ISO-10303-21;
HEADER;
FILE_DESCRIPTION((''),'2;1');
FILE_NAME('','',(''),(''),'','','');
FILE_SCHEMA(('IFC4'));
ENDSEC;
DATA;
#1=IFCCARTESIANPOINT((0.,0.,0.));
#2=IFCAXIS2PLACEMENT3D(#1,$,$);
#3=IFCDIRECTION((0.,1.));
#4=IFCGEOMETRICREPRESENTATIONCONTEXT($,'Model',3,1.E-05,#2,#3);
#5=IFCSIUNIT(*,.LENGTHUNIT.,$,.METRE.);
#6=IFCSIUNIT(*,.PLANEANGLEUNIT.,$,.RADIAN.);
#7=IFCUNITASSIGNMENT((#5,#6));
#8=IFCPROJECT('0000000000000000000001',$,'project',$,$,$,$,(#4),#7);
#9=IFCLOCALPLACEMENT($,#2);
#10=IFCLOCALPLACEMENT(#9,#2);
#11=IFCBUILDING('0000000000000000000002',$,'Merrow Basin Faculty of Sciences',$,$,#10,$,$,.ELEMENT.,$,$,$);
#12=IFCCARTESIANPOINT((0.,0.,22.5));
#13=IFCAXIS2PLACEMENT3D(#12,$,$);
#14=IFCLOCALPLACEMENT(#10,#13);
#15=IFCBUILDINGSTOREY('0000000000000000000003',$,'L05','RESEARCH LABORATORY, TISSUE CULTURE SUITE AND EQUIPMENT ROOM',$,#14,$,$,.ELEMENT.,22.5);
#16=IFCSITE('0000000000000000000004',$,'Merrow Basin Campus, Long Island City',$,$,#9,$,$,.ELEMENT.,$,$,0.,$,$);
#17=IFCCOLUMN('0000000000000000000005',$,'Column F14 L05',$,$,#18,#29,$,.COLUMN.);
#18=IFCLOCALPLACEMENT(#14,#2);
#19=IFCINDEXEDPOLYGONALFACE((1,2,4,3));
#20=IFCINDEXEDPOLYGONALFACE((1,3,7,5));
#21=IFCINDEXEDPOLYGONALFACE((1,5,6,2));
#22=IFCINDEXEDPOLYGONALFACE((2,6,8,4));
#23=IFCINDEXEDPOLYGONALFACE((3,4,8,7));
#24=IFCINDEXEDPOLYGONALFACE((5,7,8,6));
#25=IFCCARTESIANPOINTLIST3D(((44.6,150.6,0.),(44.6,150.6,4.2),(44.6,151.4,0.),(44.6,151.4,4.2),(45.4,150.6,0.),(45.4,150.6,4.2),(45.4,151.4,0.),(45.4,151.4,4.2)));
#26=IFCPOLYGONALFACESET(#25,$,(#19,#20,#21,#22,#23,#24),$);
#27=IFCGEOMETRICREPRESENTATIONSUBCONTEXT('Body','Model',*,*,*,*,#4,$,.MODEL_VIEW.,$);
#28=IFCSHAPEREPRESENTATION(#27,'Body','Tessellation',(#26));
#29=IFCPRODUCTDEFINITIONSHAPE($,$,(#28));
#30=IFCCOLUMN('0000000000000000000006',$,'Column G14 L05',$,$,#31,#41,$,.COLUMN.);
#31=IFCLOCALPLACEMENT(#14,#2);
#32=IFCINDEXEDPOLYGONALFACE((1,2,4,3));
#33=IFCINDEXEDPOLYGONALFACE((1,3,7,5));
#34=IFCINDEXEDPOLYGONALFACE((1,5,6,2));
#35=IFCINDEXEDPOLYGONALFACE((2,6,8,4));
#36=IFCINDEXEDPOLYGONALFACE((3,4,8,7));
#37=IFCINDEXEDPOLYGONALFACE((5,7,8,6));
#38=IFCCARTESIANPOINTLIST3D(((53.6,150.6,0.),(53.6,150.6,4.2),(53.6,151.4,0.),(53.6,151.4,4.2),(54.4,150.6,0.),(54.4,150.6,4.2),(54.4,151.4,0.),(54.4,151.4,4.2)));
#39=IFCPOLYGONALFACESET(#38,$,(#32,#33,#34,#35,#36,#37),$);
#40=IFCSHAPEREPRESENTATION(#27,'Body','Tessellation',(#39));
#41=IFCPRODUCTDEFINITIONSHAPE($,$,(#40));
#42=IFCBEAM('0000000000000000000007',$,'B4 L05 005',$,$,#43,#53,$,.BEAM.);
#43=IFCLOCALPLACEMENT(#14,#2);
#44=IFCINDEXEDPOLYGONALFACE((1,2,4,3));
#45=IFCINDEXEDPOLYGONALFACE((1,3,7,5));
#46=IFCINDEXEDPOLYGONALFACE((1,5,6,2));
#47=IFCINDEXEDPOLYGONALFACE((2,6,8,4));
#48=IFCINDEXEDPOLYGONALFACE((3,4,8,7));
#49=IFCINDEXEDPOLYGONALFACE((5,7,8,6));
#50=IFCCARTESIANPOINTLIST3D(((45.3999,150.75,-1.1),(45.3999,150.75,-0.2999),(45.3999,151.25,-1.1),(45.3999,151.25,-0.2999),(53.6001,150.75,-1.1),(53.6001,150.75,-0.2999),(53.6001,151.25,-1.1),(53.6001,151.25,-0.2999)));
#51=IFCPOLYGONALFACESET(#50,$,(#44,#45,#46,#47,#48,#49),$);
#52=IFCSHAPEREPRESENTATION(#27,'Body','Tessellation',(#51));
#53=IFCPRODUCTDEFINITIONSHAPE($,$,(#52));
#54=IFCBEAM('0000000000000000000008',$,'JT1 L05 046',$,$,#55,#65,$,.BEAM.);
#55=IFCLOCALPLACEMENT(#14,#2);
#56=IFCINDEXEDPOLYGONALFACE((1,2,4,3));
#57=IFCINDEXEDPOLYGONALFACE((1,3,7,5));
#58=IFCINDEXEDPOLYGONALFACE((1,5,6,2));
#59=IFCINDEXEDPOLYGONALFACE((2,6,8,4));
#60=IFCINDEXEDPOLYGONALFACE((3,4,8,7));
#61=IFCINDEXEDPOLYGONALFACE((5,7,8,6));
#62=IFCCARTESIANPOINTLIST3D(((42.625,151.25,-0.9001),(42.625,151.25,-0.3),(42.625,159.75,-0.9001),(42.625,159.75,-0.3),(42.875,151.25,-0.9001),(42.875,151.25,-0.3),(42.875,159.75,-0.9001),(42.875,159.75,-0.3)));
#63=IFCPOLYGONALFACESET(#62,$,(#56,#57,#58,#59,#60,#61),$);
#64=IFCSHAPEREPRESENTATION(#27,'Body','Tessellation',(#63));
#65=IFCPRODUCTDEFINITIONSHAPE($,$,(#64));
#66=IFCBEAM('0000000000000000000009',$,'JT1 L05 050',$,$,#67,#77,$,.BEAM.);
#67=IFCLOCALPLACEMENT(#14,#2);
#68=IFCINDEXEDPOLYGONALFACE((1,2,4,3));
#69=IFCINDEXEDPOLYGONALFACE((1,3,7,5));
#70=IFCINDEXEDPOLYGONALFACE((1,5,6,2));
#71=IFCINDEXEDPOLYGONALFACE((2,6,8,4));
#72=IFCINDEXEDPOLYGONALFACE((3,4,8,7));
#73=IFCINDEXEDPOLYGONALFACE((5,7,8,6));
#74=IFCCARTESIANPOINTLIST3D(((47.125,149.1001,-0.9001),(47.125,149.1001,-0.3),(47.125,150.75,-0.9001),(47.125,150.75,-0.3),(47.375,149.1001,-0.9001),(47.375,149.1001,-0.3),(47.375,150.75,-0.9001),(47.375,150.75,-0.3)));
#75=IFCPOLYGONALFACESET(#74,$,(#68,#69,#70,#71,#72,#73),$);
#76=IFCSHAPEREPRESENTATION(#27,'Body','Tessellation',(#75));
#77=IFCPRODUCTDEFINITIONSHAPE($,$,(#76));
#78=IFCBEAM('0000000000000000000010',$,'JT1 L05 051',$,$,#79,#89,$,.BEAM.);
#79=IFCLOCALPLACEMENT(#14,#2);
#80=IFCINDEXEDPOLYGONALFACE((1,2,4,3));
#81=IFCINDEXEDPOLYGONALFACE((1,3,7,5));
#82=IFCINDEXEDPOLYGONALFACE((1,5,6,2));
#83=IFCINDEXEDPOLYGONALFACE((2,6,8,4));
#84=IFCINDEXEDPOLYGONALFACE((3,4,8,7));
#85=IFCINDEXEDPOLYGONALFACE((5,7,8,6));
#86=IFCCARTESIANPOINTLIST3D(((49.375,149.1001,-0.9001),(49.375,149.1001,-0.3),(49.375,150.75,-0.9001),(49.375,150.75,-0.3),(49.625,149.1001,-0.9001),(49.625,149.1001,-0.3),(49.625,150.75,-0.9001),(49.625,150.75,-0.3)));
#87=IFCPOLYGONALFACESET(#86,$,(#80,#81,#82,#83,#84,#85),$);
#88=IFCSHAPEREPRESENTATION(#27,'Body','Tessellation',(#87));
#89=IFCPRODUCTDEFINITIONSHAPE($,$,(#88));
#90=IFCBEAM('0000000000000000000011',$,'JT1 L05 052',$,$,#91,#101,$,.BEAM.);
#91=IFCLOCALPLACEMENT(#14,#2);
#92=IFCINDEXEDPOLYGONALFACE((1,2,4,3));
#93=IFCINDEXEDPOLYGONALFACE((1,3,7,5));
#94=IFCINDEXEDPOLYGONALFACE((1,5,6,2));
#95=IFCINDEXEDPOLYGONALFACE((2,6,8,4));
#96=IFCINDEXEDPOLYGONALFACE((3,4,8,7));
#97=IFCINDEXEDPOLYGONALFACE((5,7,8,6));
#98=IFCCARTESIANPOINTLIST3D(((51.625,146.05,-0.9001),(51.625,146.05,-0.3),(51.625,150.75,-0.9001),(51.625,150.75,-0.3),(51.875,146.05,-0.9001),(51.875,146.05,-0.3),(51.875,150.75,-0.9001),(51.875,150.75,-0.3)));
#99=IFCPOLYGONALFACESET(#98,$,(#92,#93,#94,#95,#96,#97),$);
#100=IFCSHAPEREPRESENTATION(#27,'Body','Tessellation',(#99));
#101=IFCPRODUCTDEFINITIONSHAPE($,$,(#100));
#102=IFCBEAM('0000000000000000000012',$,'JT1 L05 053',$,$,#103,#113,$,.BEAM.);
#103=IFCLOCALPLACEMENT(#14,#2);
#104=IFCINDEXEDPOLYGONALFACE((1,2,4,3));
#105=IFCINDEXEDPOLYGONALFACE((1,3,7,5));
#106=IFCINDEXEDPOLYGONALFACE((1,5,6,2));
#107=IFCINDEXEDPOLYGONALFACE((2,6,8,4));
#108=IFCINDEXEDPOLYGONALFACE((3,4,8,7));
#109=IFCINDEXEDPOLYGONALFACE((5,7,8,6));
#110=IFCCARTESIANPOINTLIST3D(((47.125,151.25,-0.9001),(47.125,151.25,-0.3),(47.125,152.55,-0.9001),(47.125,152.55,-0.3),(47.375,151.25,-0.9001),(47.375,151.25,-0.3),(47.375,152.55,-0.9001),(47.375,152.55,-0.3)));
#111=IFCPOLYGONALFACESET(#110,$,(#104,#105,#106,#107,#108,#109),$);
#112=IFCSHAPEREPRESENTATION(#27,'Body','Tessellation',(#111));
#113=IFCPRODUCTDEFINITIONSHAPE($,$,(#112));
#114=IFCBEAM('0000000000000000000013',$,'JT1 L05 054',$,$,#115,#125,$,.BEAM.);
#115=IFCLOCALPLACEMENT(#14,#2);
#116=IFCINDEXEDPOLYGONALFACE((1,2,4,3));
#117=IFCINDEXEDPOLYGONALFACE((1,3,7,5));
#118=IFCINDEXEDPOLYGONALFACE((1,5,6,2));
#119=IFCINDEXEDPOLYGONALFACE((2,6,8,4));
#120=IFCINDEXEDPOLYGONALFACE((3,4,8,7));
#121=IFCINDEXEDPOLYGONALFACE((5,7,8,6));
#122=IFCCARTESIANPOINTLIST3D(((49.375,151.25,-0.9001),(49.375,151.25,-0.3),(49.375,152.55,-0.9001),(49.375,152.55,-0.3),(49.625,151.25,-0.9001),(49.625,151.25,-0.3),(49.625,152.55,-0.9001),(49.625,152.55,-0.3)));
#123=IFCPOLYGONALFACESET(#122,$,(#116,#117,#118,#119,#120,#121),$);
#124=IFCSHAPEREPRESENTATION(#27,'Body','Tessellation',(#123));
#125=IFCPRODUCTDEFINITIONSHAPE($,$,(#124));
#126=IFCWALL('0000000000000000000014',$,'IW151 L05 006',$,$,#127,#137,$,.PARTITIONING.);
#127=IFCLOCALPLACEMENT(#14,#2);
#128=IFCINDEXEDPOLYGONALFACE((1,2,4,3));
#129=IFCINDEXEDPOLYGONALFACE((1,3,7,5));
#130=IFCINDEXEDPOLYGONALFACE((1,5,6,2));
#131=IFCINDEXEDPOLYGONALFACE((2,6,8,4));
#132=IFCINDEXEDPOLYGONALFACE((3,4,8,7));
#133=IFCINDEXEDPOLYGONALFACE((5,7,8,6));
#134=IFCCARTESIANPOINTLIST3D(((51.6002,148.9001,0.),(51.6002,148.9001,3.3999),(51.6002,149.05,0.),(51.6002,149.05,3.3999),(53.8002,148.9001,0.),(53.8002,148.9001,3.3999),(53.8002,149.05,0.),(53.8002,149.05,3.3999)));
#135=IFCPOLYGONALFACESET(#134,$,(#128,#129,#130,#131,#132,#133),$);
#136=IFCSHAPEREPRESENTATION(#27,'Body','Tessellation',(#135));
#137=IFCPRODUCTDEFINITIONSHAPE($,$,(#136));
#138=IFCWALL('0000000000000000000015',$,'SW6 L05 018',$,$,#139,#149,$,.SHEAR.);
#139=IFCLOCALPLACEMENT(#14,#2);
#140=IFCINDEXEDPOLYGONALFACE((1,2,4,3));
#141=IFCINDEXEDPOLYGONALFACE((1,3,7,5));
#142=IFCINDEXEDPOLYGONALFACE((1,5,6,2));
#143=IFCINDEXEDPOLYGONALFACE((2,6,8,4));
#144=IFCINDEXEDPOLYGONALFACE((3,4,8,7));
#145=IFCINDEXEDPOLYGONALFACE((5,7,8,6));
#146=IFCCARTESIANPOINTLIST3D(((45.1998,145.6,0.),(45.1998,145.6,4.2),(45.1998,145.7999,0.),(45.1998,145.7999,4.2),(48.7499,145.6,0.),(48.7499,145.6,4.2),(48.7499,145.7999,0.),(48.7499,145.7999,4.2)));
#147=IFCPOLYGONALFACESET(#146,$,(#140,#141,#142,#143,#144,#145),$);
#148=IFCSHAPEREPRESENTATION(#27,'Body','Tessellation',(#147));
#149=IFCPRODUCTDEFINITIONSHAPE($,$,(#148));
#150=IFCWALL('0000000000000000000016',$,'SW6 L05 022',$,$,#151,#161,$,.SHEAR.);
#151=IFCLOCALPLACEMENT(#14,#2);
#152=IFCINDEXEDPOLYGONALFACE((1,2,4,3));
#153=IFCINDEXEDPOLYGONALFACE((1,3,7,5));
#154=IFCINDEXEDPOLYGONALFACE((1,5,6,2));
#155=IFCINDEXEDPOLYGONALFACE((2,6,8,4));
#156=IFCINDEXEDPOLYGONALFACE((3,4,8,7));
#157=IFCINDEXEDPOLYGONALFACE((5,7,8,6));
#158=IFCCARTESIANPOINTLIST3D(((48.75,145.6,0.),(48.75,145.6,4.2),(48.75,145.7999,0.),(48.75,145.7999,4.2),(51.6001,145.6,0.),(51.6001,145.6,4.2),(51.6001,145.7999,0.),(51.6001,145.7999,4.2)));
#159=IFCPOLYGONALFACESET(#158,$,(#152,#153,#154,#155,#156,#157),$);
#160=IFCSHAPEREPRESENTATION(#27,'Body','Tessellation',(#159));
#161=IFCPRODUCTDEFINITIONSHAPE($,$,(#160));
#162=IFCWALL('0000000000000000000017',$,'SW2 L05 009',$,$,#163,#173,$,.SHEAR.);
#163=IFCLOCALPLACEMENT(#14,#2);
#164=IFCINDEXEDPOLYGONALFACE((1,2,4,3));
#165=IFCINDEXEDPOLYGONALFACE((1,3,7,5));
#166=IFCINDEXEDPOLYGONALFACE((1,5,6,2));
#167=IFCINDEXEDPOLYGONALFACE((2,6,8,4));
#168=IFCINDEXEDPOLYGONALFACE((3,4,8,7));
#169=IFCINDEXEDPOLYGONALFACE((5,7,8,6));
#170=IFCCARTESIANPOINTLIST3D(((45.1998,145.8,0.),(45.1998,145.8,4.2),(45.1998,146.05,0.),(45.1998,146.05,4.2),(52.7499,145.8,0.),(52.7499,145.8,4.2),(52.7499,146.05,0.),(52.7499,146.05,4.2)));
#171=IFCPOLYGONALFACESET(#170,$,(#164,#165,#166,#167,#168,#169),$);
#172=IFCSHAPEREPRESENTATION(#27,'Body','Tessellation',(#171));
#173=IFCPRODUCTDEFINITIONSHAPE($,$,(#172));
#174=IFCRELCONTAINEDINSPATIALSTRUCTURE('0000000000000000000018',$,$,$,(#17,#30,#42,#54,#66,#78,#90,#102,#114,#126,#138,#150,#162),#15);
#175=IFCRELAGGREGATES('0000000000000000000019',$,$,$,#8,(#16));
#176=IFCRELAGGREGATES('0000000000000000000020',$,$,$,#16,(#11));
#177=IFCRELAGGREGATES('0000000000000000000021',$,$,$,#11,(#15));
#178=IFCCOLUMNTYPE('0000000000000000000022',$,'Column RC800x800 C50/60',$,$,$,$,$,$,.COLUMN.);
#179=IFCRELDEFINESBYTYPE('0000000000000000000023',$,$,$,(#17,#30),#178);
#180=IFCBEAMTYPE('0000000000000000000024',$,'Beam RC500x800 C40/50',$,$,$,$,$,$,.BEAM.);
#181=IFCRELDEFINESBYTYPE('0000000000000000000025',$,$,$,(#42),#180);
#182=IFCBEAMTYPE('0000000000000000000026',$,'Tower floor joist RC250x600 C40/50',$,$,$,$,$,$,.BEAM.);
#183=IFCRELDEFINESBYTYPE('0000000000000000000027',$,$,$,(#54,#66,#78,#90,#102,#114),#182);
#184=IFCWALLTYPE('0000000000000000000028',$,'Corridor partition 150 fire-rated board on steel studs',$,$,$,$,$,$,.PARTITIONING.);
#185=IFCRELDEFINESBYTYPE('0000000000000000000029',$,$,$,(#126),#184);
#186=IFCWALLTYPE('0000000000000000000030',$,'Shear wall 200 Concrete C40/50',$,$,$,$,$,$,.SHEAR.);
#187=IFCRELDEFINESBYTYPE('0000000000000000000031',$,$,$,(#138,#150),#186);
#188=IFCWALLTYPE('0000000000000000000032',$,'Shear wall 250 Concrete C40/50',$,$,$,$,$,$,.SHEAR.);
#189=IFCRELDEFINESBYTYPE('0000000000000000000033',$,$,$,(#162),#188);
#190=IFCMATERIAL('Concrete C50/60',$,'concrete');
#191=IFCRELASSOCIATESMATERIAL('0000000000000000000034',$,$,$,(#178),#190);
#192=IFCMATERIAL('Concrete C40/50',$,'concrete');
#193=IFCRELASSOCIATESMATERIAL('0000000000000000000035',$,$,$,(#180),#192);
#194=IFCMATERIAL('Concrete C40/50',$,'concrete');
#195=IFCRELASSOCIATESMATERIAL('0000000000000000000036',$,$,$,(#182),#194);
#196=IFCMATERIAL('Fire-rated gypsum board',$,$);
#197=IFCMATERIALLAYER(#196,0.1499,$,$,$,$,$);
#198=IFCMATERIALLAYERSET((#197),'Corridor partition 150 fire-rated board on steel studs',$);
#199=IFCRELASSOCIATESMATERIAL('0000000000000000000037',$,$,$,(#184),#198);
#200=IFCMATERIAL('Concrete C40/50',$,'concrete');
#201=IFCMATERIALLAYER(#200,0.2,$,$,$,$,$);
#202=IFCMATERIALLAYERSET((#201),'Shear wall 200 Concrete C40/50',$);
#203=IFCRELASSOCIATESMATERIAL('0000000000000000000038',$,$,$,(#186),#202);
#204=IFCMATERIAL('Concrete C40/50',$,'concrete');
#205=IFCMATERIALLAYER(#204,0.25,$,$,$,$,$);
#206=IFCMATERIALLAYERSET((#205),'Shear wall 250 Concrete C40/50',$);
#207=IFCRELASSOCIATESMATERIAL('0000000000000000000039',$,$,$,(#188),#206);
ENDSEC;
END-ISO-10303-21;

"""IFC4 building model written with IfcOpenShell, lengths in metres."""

from ifc_helpers import new_model, si_unit, direction, frame, frame_2d, origin, origin_2d, place, context, subcontext, project, spatial, rectangle, extrude, material, layer, layer_set, material_profile, profile_set, type_object, element, save


model = new_model("IFC4")

# Units and contexts
model_context = context("Model", 3, precision=1e-05, world=origin(), true_north=direction((0.0, 1.0)))
body_context = subcontext(model_context, "Body", "Model", "MODEL_VIEW")
ifc_project = project(units=[si_unit("LENGTHUNIT", "METRE"), si_unit("PLANEANGLEUNIT", "RADIAN")], contexts=[model_context])

# Site, building, storey
site_placement = place(None, origin())
site = spatial("IfcSite", under=ifc_project, at=site_placement, Name="Merrow Basin Campus, Long Island City", CompositionType="ELEMENT", RefElevation=0.0)
building_placement = place(site_placement, origin())
building = spatial("IfcBuilding", under=site, at=building_placement, Name="Merrow Basin Faculty of Sciences", CompositionType="ELEMENT")
storey_placement = place(building_placement, frame((0.0, 0.0, 22.5)))
storey = spatial("IfcBuildingStorey", under=building, at=storey_placement, Name="L05", Description="RESEARCH LABORATORY, TISSUE CULTURE SUITE AND EQUIPMENT ROOM", CompositionType="ELEMENT", Elevation=22.5)

# Columns
ifc_material_1 = material(Name="Concrete C50/60", Category="concrete")
ifc_material_profile_1 = material_profile(ifc_material_1, rectangle(XDim=0.8, YDim=0.8, at=origin_2d()))
ifc_profile_set_1 = profile_set([ifc_material_profile_1], Name="Concrete C50/60")
column_type = type_object("IfcColumnType", Name="Column RC800x800 C50/60", PredefinedType="COLUMN", material=ifc_profile_set_1)
for number, where, z_axis, x_axis, name in (
    (1, (45.0, 151.0, 0.0), (0.0, 0.0, 1.0), (1.0, 0.0, 0.0), "Column F14 L05"),
    (2, (54.0, 151.0, 0.0), (0.0, 0.0, 1.0), (1.0, 0.0, 0.0), "Column G14 L05"),
):
    element("IfcColumn", number, at=place(storey_placement, frame(where, z_axis=z_axis, x_axis=x_axis)), inside=storey, type_object=column_type, Name=name, PredefinedType="COLUMN", context=body_context, shape_type="SweptSolid", body=[
        extrude(rectangle(XDim=0.8, YDim=0.8, at=origin_2d()), origin(), (0.0, 0.0, 1.0), 4.2),
    ])

# Beams
ifc_material_2 = material(Name="Concrete C40/50", Category="concrete")
ifc_material_profile_2 = material_profile(ifc_material_2, rectangle(XDim=0.5, YDim=0.8, at=origin_2d()))
ifc_profile_set_2 = profile_set([ifc_material_profile_2], Name="Concrete C40/50")
beam_type_1 = type_object("IfcBeamType", Name="Beam RC500x800 C40/50", PredefinedType="BEAM", material=ifc_profile_set_2)
beam_1_placement = place(storey_placement, frame((45.3999, 151.0, -0.7), z_axis=(1.0, 0.0, 0.0), x_axis=(0.0, 1.0, 0.0)))
element("IfcBeam", 3, at=beam_1_placement, inside=storey, type_object=beam_type_1, Name="B4 L05 005", PredefinedType="BEAM", context=body_context, shape_type="SweptSolid", body=[
    extrude(rectangle(XDim=0.5, YDim=0.8, at=origin_2d()), origin(), (0.0, 0.0, 1.0), 8.2002),
])
ifc_material_3 = material(Name="Concrete C40/50", Category="concrete")
ifc_material_profile_3 = material_profile(ifc_material_3, rectangle(XDim=0.25, YDim=0.6001, at=origin_2d()))
ifc_profile_set_3 = profile_set([ifc_material_profile_3], Name="Concrete C40/50")
beam_type_2 = type_object("IfcBeamType", Name="Tower floor joist RC250x600 C40/50", PredefinedType="BEAM", material=ifc_profile_set_3)
beam_2_placement = place(storey_placement, frame((42.75, 151.25, -0.6001), z_axis=(0.0, 1.0, 0.0), x_axis=(-1.0, 0.0, 0.0)))
element("IfcBeam", 4, at=beam_2_placement, inside=storey, type_object=beam_type_2, Name="JT1 L05 046", PredefinedType="BEAM", context=body_context, shape_type="SweptSolid", body=[
    extrude(rectangle(XDim=0.25, YDim=0.6001, at=origin_2d()), origin(), (0.0, 0.0, 1.0), 8.5),
])
for number, where, z_axis, x_axis, name in (
    (5, (47.25, 149.1001, -0.6001), (0.0, 1.0, 0.0), (-1.0, 0.0, 0.0), "JT1 L05 050"),
    (6, (49.5, 149.1001, -0.6001), (0.0, 1.0, 0.0), (-1.0, 0.0, 0.0), "JT1 L05 051"),
):
    element("IfcBeam", number, at=place(storey_placement, frame(where, z_axis=z_axis, x_axis=x_axis)), inside=storey, type_object=beam_type_2, Name=name, PredefinedType="BEAM", context=body_context, shape_type="SweptSolid", body=[
        extrude(rectangle(XDim=0.25, YDim=0.6001, at=origin_2d()), origin(), (0.0, 0.0, 1.0), 1.6499),
    ])
beam_3_placement = place(storey_placement, frame((51.75, 146.05, -0.6001), z_axis=(0.0, 1.0, 0.0), x_axis=(-1.0, 0.0, 0.0)))
element("IfcBeam", 7, at=beam_3_placement, inside=storey, type_object=beam_type_2, Name="JT1 L05 052", PredefinedType="BEAM", context=body_context, shape_type="SweptSolid", body=[
    extrude(rectangle(XDim=0.25, YDim=0.6001, at=origin_2d()), origin(), (0.0, 0.0, 1.0), 4.7),
])
for number, where, z_axis, x_axis, name in (
    (8, (47.25, 151.25, -0.6001), (0.0, 1.0, 0.0), (-1.0, 0.0, 0.0), "JT1 L05 053"),
    (9, (49.5, 151.25, -0.6001), (0.0, 1.0, 0.0), (-1.0, 0.0, 0.0), "JT1 L05 054"),
):
    element("IfcBeam", number, at=place(storey_placement, frame(where, z_axis=z_axis, x_axis=x_axis)), inside=storey, type_object=beam_type_2, Name=name, PredefinedType="BEAM", context=body_context, shape_type="SweptSolid", body=[
        extrude(rectangle(XDim=0.25, YDim=0.6001, at=origin_2d()), origin(), (0.0, 0.0, 1.0), 1.3),
    ])

# Walls
ifc_material_4 = material(Name="Fire-rated gypsum board")
ifc_layer_1 = layer(ifc_material_4, 0.1499)
ifc_layer_set_1 = layer_set([ifc_layer_1], Name="Corridor partition 150 fire-rated board on steel studs")
wall_type_1 = type_object("IfcWallType", Name="Corridor partition 150 fire-rated board on steel studs", PredefinedType="PARTITIONING", material=ifc_layer_set_1)
wall_1_placement = place(storey_placement, frame((51.6001, 148.9751, 0.0), z_axis=(0.0, 0.0, 1.0), x_axis=(1.0, 0.0, 0.0)))
element("IfcWall", 10, at=wall_1_placement, inside=storey, type_object=wall_type_1, Name="IW151 L05 006", PredefinedType="PARTITIONING", context=body_context, shape_type="SweptSolid", body=[
    extrude(rectangle(XDim=2.2, YDim=0.1499, at=frame_2d((1.1001, 0.0))), origin(), (0.0, 0.0, 1.0), 3.3999),
])
ifc_material_5 = material(Name="Concrete C40/50", Category="concrete")
ifc_layer_2 = layer(ifc_material_5, 0.2)
ifc_layer_set_2 = layer_set([ifc_layer_2], Name="Shear wall 200 Concrete C40/50")
wall_type_2 = type_object("IfcWallType", Name="Shear wall 200 Concrete C40/50", PredefinedType="SHEAR", material=ifc_layer_set_2)
wall_2_placement = place(storey_placement, frame((45.2, 145.7, 0.0), z_axis=(0.0, 0.0, 1.0), x_axis=(1.0, 0.0, 0.0)))
element("IfcWall", 11, at=wall_2_placement, inside=storey, type_object=wall_type_2, Name="SW6 L05 018", PredefinedType="SHEAR", context=body_context, shape_type="SweptSolid", body=[
    extrude(rectangle(XDim=3.55, YDim=0.2, at=frame_2d((1.7749, 0.0))), origin(), (0.0, 0.0, 1.0), 4.2),
])
wall_3_placement = place(storey_placement, frame((48.75, 145.7, 0.0), z_axis=(0.0, 0.0, 1.0), x_axis=(1.0, 0.0, 0.0)))
element("IfcWall", 12, at=wall_3_placement, inside=storey, type_object=wall_type_2, Name="SW6 L05 022", PredefinedType="SHEAR", context=body_context, shape_type="SweptSolid", body=[
    extrude(rectangle(XDim=2.8501, YDim=0.2, at=frame_2d((1.425, 0.0))), origin(), (0.0, 0.0, 1.0), 4.2),
])
ifc_material_6 = material(Name="Concrete C40/50", Category="concrete")
ifc_layer_3 = layer(ifc_material_6, 0.25)
ifc_layer_set_3 = layer_set([ifc_layer_3], Name="Shear wall 250 Concrete C40/50")
wall_type_3 = type_object("IfcWallType", Name="Shear wall 250 Concrete C40/50", PredefinedType="SHEAR", material=ifc_layer_set_3)
wall_4_placement = place(storey_placement, frame((45.2, 145.925, 0.0), z_axis=(0.0, 0.0, 1.0), x_axis=(1.0, 0.0, 0.0)))
element("IfcWall", 13, at=wall_4_placement, inside=storey, type_object=wall_type_3, Name="SW2 L05 009", PredefinedType="SHEAR", context=body_context, shape_type="SweptSolid", body=[
    extrude(rectangle(XDim=7.55, YDim=0.25, at=frame_2d((3.7749, 0.0))), origin(), (0.0, 0.0, 1.0), 4.2),
])

save(model, "model.ifc")
